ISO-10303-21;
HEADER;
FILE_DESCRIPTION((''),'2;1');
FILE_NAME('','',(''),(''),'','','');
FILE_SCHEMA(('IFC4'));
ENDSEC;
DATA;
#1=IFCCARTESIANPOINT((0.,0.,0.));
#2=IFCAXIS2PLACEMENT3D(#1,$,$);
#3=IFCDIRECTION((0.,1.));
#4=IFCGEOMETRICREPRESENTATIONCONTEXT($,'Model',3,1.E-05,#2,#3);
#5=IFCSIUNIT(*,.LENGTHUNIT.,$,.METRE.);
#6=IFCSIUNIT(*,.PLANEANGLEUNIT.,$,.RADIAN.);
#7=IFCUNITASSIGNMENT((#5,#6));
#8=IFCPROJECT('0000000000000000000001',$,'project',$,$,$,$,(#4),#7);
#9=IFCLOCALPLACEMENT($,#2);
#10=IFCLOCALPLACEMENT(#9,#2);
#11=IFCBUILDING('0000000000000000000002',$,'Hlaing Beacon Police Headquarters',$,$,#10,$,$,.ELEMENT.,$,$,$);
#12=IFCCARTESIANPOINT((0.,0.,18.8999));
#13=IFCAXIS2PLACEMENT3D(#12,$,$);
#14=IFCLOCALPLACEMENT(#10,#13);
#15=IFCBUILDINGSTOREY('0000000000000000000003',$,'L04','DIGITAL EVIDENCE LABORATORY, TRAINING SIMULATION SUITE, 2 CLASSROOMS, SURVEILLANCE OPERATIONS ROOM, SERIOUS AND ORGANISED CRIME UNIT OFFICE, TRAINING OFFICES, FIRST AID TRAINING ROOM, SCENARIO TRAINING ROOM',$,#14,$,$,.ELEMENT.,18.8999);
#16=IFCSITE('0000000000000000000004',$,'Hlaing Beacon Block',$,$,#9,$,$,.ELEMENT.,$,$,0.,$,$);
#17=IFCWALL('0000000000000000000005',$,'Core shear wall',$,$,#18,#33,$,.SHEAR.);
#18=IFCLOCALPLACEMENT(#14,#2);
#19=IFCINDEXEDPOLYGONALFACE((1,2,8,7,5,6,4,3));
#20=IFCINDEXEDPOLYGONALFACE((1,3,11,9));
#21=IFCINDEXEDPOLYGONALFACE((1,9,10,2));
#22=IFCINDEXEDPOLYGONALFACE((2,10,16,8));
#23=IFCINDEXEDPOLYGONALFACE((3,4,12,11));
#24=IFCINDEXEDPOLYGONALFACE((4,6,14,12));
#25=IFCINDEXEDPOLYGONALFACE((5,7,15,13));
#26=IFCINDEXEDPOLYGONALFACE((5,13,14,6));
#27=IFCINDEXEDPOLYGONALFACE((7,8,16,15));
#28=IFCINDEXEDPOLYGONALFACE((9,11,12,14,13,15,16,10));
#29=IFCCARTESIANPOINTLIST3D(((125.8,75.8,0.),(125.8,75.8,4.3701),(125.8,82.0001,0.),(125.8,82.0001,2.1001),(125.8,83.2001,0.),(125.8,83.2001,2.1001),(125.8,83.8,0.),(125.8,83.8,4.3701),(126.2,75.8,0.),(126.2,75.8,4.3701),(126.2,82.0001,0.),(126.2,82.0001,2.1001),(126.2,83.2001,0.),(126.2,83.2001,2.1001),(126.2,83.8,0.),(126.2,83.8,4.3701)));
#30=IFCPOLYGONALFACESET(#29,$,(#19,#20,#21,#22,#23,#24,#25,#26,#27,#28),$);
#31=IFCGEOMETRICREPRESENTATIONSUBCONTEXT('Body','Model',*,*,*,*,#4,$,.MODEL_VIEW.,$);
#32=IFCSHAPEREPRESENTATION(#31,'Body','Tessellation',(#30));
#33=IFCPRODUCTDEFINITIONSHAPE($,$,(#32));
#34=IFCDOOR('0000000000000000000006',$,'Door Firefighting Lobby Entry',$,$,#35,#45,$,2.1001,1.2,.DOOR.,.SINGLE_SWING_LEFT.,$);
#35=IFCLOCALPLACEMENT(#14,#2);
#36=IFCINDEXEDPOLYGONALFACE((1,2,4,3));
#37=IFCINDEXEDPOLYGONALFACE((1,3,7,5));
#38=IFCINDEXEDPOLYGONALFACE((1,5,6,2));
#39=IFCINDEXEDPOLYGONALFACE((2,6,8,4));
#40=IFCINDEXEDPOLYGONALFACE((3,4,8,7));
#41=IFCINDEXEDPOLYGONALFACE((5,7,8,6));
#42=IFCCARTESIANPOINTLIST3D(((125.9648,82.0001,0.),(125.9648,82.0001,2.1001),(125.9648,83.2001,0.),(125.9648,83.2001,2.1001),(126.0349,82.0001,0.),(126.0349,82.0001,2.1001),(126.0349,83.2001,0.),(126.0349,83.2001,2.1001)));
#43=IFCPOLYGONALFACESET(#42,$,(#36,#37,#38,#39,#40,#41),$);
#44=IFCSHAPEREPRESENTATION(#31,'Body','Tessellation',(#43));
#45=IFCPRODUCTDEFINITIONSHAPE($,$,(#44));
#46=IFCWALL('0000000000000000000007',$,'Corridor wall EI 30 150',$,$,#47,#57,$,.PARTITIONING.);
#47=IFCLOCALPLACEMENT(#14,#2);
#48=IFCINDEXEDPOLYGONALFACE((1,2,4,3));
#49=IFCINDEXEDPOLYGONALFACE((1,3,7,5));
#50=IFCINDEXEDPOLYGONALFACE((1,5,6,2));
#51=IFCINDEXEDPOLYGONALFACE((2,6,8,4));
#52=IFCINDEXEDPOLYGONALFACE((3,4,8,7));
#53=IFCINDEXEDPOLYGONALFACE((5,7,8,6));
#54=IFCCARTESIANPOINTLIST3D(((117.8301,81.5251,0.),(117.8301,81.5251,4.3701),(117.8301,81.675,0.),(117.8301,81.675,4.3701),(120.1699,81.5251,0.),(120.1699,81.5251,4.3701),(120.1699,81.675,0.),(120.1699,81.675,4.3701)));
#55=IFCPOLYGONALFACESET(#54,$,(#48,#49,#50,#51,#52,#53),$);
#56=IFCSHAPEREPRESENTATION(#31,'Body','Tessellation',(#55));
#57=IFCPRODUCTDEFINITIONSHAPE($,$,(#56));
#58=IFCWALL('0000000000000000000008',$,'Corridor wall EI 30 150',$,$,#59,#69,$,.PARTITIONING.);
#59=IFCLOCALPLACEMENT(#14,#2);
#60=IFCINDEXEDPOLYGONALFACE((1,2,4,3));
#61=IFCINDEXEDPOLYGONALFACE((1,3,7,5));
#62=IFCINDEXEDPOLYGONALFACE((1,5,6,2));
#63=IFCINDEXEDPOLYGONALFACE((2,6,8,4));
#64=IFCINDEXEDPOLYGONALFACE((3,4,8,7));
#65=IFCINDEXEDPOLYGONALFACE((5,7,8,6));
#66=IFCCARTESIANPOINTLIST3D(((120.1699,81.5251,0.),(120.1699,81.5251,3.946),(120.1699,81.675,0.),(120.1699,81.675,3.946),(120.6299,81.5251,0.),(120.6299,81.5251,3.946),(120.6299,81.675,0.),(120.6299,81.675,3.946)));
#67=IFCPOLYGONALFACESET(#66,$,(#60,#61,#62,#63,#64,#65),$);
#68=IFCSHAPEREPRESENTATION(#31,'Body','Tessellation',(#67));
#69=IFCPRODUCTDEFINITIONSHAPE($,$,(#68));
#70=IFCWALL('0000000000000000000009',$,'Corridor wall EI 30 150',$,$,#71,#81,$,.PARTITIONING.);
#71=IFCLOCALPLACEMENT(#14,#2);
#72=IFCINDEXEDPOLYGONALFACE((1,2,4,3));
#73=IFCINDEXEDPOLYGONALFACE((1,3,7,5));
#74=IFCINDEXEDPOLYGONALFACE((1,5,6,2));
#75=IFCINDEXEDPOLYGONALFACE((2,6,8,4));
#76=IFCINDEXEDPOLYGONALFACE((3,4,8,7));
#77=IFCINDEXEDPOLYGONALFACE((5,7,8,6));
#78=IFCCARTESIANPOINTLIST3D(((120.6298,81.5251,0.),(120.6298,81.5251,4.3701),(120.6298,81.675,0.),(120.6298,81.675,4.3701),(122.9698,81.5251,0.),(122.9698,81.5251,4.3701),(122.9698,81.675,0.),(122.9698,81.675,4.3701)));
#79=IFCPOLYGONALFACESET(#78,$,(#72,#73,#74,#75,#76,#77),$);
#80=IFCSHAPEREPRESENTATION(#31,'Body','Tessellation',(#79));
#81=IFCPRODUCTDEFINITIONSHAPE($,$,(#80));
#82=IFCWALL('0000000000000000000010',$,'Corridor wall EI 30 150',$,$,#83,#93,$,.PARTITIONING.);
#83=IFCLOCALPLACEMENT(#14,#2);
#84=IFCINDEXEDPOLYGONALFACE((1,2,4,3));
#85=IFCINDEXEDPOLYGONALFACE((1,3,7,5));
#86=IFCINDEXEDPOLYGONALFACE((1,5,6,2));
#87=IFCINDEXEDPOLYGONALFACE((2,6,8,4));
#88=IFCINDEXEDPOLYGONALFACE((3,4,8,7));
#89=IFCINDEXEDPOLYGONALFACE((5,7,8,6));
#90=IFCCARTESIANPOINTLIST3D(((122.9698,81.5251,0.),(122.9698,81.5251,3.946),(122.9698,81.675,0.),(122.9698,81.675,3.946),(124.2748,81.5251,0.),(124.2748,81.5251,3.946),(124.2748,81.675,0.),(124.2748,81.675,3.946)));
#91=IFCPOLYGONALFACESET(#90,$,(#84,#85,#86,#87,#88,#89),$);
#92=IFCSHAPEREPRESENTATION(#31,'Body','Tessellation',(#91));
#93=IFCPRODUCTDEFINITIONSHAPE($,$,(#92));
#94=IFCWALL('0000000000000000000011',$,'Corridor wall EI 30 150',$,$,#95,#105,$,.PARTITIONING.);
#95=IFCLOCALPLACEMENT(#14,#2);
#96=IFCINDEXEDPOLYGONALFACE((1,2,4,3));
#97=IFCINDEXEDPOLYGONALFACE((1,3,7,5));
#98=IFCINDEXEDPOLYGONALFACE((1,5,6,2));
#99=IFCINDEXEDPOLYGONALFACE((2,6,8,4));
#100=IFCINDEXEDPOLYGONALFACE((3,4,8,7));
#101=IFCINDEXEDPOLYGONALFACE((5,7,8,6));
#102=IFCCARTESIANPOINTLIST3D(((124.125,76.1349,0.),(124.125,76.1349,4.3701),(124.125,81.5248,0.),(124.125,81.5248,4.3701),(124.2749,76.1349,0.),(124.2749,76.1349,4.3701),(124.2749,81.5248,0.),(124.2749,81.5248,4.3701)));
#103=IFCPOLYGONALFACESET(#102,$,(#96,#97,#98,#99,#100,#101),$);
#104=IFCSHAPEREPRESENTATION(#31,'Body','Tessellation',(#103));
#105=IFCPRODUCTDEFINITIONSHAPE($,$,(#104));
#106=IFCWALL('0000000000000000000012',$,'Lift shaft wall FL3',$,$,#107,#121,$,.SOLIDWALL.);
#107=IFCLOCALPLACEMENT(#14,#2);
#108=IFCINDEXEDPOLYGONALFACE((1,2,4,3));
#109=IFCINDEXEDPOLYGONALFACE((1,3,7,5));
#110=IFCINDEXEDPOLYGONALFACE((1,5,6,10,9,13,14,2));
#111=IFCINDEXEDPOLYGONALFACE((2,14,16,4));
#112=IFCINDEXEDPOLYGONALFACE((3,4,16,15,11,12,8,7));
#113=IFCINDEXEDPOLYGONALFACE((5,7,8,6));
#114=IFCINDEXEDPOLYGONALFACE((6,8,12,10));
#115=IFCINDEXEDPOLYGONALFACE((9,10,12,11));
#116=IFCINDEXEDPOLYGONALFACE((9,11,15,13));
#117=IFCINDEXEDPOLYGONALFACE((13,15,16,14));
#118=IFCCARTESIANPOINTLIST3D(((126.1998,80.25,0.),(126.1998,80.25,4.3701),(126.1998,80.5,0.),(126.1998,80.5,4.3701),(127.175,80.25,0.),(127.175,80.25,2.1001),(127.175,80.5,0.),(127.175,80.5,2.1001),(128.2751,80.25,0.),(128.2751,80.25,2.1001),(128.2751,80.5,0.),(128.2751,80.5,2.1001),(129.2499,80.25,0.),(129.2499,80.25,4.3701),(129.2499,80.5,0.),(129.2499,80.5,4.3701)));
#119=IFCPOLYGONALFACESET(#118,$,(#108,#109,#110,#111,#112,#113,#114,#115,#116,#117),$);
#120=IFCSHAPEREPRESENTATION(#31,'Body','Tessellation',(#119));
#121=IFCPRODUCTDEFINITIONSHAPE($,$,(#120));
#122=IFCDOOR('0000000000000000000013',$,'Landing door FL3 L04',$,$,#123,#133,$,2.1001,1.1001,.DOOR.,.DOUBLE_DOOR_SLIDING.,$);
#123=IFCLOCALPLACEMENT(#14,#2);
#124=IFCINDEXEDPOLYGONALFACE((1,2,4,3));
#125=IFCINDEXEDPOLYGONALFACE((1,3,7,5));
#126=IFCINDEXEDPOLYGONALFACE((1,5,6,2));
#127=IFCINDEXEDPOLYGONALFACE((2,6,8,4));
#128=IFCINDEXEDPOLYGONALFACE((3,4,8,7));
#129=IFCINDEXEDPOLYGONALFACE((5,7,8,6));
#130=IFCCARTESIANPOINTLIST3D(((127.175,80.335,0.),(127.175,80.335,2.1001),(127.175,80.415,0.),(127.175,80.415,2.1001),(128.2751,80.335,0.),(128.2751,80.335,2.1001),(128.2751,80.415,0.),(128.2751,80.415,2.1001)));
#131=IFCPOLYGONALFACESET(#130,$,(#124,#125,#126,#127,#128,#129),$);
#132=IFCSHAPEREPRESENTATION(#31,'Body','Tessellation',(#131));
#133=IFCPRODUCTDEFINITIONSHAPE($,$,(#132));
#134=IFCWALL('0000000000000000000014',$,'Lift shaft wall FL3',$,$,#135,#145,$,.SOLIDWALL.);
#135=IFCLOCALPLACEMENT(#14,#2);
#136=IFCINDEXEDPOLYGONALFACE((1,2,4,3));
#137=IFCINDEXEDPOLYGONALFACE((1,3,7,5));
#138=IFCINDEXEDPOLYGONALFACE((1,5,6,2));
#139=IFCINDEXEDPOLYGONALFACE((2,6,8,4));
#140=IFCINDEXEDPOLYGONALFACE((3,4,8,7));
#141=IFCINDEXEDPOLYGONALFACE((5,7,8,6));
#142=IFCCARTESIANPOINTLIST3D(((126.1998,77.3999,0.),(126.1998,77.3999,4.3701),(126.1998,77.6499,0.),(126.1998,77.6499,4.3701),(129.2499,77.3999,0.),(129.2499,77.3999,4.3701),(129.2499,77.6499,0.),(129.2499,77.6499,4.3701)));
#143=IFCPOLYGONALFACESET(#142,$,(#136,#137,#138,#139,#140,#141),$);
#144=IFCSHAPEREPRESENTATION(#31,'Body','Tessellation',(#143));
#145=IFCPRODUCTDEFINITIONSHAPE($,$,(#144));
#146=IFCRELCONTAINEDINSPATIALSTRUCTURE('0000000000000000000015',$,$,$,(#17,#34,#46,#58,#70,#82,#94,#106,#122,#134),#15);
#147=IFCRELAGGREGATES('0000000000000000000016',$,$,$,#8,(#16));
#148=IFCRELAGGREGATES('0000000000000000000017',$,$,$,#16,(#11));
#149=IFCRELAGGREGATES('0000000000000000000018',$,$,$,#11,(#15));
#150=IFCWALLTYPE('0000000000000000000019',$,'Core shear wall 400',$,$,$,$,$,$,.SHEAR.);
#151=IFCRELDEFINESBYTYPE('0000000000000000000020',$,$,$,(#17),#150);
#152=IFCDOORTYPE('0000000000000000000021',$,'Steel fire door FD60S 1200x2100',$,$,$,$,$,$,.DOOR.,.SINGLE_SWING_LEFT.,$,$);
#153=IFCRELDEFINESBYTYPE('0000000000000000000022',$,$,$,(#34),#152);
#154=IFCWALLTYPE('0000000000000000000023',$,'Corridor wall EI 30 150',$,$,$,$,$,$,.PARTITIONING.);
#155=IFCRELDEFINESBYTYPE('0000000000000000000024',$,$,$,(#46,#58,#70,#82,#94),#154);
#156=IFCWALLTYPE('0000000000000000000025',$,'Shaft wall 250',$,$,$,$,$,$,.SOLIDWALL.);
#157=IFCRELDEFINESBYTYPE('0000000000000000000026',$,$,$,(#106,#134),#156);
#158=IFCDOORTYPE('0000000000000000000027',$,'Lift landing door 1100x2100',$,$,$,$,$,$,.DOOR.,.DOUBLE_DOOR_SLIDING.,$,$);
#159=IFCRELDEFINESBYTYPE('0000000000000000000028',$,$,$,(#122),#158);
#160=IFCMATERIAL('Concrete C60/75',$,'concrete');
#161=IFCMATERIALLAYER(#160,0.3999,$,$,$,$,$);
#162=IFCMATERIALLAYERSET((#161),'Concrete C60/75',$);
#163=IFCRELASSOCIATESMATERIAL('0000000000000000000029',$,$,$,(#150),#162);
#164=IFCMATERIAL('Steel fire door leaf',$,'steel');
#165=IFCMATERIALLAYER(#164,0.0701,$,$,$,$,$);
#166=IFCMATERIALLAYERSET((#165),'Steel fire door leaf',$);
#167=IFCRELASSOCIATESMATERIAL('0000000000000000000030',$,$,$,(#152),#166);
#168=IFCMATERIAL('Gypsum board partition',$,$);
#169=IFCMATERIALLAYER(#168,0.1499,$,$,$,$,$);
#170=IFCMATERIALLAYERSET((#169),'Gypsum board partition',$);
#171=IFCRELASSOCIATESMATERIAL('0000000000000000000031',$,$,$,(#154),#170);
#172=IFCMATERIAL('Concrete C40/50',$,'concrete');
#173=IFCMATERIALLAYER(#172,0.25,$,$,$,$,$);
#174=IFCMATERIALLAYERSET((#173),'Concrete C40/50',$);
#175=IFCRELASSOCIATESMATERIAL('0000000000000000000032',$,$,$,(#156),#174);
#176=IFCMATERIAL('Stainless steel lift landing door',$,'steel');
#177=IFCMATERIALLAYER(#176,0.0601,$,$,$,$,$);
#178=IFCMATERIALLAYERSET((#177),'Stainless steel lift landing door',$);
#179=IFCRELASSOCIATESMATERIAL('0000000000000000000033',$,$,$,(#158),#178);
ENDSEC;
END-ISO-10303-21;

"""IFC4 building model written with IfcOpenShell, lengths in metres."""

from ifc_helpers import new_model, si_unit, direction, frame, frame_2d, origin, place, context, subcontext, project, spatial, rectangle, extrude, material, layer, layer_set, type_object, element, fill, save


model = new_model("IFC4")

# Units and contexts
model_context = context("Model", 3, precision=1e-05, world=origin(), true_north=direction((0.0, 1.0)))
body_context = subcontext(model_context, "Body", "Model", "MODEL_VIEW")
ifc_project = project(units=[si_unit("LENGTHUNIT", "METRE"), si_unit("PLANEANGLEUNIT", "RADIAN")], contexts=[model_context])

# Site, building, storey
site_placement = place(None, origin())
site = spatial("IfcSite", under=ifc_project, at=site_placement, Name="Hlaing Beacon Block", CompositionType="ELEMENT", RefElevation=0.0)
building_placement = place(site_placement, origin())
building = spatial("IfcBuilding", under=site, at=building_placement, Name="Hlaing Beacon Police Headquarters", CompositionType="ELEMENT")
storey_placement = place(building_placement, frame((0.0, 0.0, 18.8999)))
storey = spatial("IfcBuildingStorey", under=building, at=storey_placement, Name="L04", Description="DIGITAL EVIDENCE LABORATORY, TRAINING SIMULATION SUITE, 2 CLASSROOMS, SURVEILLANCE OPERATIONS ROOM, SERIOUS AND ORGANISED CRIME UNIT OFFICE, TRAINING OFFICES, FIRST AID TRAINING ROOM, SCENARIO TRAINING ROOM", CompositionType="ELEMENT", Elevation=18.8999)

# Shared definitions
ifc_material_1 = material(Name="Concrete C60/75", Category="concrete")
ifc_layer_1 = layer(ifc_material_1, 0.3999)
ifc_layer_set_1 = layer_set([ifc_layer_1], Name="Concrete C60/75")
wall_type_1 = type_object("IfcWallType", Name="Core shear wall 400", PredefinedType="SHEAR", material=ifc_layer_set_1)

# Wall, opening, door
wall_1_placement = place(storey_placement, frame((126.0, 75.8, 0.0), z_axis=(0.0, 0.0, 1.0), x_axis=(0.0, 1.0, 0.0)))
wall_1 = element("IfcWall", 1, at=wall_1_placement, inside=storey, type_object=wall_type_1, Name="Core shear wall", PredefinedType="SHEAR", context=body_context, shape_type="SweptSolid", body=[
    extrude(rectangle(XDim=8.0, YDim=0.3999, at=frame_2d((4.0, 0.0))), origin(), (0.0, 0.0, 1.0), 4.3701),
])
opening_1_placement = place(wall_1_placement, frame((6.2, 0.0, 0.0)))
opening_1 = element("IfcOpeningElement", 2, at=opening_1_placement, cuts=wall_1, PredefinedType="OPENING", context=body_context, shape_type="SweptSolid", body=[
    extrude(rectangle(XDim=1.2, YDim=2.1001, at=frame_2d((0.6001, 1.05))), frame((0.0, 0.21, 0.0), z_axis=(0.0, -1.0, 0.0), x_axis=(1.0, 0.0, 0.0)), (0.0, 0.0, 1.0), 0.4199),
])
ifc_material_2 = material(Name="Steel fire door leaf", Category="steel")
ifc_layer_2 = layer(ifc_material_2, 0.0701)
ifc_layer_set_2 = layer_set([ifc_layer_2], Name="Steel fire door leaf")
door_type_1 = type_object("IfcDoorType", Name="Steel fire door FD60S 1200x2100", OperationType="SINGLE_SWING_LEFT", PredefinedType="DOOR", material=ifc_layer_set_2)
door_1_placement = place(opening_1_placement, frame((1.2, 0.0, 0.0), z_axis=(0.0, 0.0, 1.0), x_axis=(-1.0, 0.0, 0.0)))
door_1 = element("IfcDoor", 3, at=door_1_placement, inside=storey, type_object=door_type_1, Name="Door Firefighting Lobby Entry", OperationType="SINGLE_SWING_LEFT", OverallHeight=2.1001, OverallWidth=1.2, PredefinedType="DOOR", context=body_context, shape_type="SweptSolid", body=[
    extrude(rectangle(XDim=1.2, YDim=2.1001, at=frame_2d((0.5999, 1.05))), frame((0.0, 0.0349, 0.0), z_axis=(0.0, -1.0, 0.0), x_axis=(1.0, 0.0, 0.0)), (0.0, 0.0, 1.0), 0.0701),
])
fill(opening_1, door_1)

# Walls
ifc_material_3 = material(Name="Gypsum board partition")
ifc_layer_3 = layer(ifc_material_3, 0.1499)
ifc_layer_set_3 = layer_set([ifc_layer_3], Name="Gypsum board partition")
wall_type_2 = type_object("IfcWallType", Name="Corridor wall EI 30 150", PredefinedType="PARTITIONING", material=ifc_layer_set_3)
wall_2_placement = place(storey_placement, frame((117.8301, 81.6001, 0.0), z_axis=(0.0, 0.0, 1.0), x_axis=(1.0, 0.0, 0.0)))
element("IfcWall", 4, at=wall_2_placement, inside=storey, type_object=wall_type_2, Name="Corridor wall EI 30 150", PredefinedType="PARTITIONING", context=body_context, shape_type="SweptSolid", body=[
    extrude(rectangle(XDim=2.3398, YDim=0.1499, at=frame_2d((1.1699, 0.0))), origin(), (0.0, 0.0, 1.0), 4.3701),
])
wall_3_placement = place(storey_placement, frame((120.1699, 81.6001, 0.0), z_axis=(0.0, 0.0, 1.0), x_axis=(1.0, 0.0, 0.0)))
element("IfcWall", 5, at=wall_3_placement, inside=storey, type_object=wall_type_2, Name="Corridor wall EI 30 150", PredefinedType="PARTITIONING", context=body_context, shape_type="SweptSolid", body=[
    extrude(rectangle(XDim=0.46, YDim=0.1499, at=frame_2d((0.23, 0.0))), origin(), (0.0, 0.0, 1.0), 3.946),
])
wall_4_placement = place(storey_placement, frame((120.6299, 81.6001, 0.0), z_axis=(0.0, 0.0, 1.0), x_axis=(1.0, 0.0, 0.0)))
element("IfcWall", 6, at=wall_4_placement, inside=storey, type_object=wall_type_2, Name="Corridor wall EI 30 150", PredefinedType="PARTITIONING", context=body_context, shape_type="SweptSolid", body=[
    extrude(rectangle(XDim=2.3401, YDim=0.1499, at=frame_2d((1.1699, 0.0))), origin(), (0.0, 0.0, 1.0), 4.3701),
])
wall_5_placement = place(storey_placement, frame((122.97, 81.6001, 0.0), z_axis=(0.0, 0.0, 1.0), x_axis=(1.0, 0.0, 0.0)))
element("IfcWall", 7, at=wall_5_placement, inside=storey, type_object=wall_type_2, Name="Corridor wall EI 30 150", PredefinedType="PARTITIONING", context=body_context, shape_type="SweptSolid", body=[
    extrude(rectangle(XDim=1.3049, YDim=0.1499, at=frame_2d((0.6523, 0.0))), origin(), (0.0, 0.0, 1.0), 3.946),
])
wall_6_placement = place(storey_placement, frame((124.2, 76.135, 0.0), z_axis=(0.0, 0.0, 1.0), x_axis=(0.0, 1.0, 0.0)))
element("IfcWall", 8, at=wall_6_placement, inside=storey, type_object=wall_type_2, Name="Corridor wall EI 30 150", PredefinedType="PARTITIONING", context=body_context, shape_type="SweptSolid", body=[
    extrude(rectangle(XDim=5.3899, YDim=0.1499, at=frame_2d((2.6948, 0.0))), origin(), (0.0, 0.0, 1.0), 4.3701),
])

# Wall, opening, door
ifc_material_4 = material(Name="Concrete C40/50", Category="concrete")
ifc_layer_4 = layer(ifc_material_4, 0.25)
ifc_layer_set_4 = layer_set([ifc_layer_4], Name="Concrete C40/50")
wall_type_3 = type_object("IfcWallType", Name="Shaft wall 250", PredefinedType="SOLIDWALL", material=ifc_layer_set_4)
wall_7_placement = place(storey_placement, frame((126.2, 80.375, 0.0), z_axis=(0.0, 0.0, 1.0), x_axis=(1.0, 0.0, 0.0)))
wall_7 = element("IfcWall", 9, at=wall_7_placement, inside=storey, type_object=wall_type_3, Name="Lift shaft wall FL3", PredefinedType="SOLIDWALL", context=body_context, shape_type="SweptSolid", body=[
    extrude(rectangle(XDim=3.05, YDim=0.25, at=frame_2d((1.5249, 0.0))), origin(), (0.0, 0.0, 1.0), 4.3701),
])
opening_2_placement = place(wall_7_placement, frame((0.9751, 0.0, 0.0)))
opening_2 = element("IfcOpeningElement", 10, at=opening_2_placement, cuts=wall_7, PredefinedType="OPENING", context=body_context, shape_type="SweptSolid", body=[
    extrude(rectangle(XDim=1.1001, YDim=2.1001, at=frame_2d((0.55, 1.05))), frame((0.0, 0.135, 0.0), z_axis=(0.0, -1.0, 0.0), x_axis=(1.0, 0.0, 0.0)), (0.0, 0.0, 1.0), 0.27),
])
ifc_material_5 = material(Name="Stainless steel lift landing door", Category="steel")
ifc_layer_5 = layer(ifc_material_5, 0.0601)
ifc_layer_set_5 = layer_set([ifc_layer_5], Name="Stainless steel lift landing door")
door_type_2 = type_object("IfcDoorType", Name="Lift landing door 1100x2100", OperationType="DOUBLE_DOOR_SLIDING", PredefinedType="DOOR", material=ifc_layer_set_5)
door_2_placement = place(opening_2_placement, origin())
door_2 = element("IfcDoor", 11, at=door_2_placement, inside=storey, type_object=door_type_2, Name="Landing door FL3 L04", OperationType="DOUBLE_DOOR_SLIDING", OverallHeight=2.1001, OverallWidth=1.1001, PredefinedType="DOOR", context=body_context, shape_type="SweptSolid", body=[
    extrude(rectangle(XDim=1.1001, YDim=2.1001, at=frame_2d((0.55, 1.05))), frame((0.0, 0.04, 0.0), z_axis=(0.0, -1.0, 0.0), x_axis=(1.0, 0.0, 0.0)), (0.0, 0.0, 1.0), 0.0801),
])
fill(opening_2, door_2)

# Wall
wall_8_placement = place(storey_placement, frame((126.2, 77.5249, 0.0), z_axis=(0.0, 0.0, 1.0), x_axis=(1.0, 0.0, 0.0)))
element("IfcWall", 12, at=wall_8_placement, inside=storey, type_object=wall_type_3, Name="Lift shaft wall FL3", PredefinedType="SOLIDWALL", context=body_context, shape_type="SweptSolid", body=[
    extrude(rectangle(XDim=3.05, YDim=0.25, at=frame_2d((1.5249, 0.0))), origin(), (0.0, 0.0, 1.0), 4.3701),
])

save(model, "model.ifc")
